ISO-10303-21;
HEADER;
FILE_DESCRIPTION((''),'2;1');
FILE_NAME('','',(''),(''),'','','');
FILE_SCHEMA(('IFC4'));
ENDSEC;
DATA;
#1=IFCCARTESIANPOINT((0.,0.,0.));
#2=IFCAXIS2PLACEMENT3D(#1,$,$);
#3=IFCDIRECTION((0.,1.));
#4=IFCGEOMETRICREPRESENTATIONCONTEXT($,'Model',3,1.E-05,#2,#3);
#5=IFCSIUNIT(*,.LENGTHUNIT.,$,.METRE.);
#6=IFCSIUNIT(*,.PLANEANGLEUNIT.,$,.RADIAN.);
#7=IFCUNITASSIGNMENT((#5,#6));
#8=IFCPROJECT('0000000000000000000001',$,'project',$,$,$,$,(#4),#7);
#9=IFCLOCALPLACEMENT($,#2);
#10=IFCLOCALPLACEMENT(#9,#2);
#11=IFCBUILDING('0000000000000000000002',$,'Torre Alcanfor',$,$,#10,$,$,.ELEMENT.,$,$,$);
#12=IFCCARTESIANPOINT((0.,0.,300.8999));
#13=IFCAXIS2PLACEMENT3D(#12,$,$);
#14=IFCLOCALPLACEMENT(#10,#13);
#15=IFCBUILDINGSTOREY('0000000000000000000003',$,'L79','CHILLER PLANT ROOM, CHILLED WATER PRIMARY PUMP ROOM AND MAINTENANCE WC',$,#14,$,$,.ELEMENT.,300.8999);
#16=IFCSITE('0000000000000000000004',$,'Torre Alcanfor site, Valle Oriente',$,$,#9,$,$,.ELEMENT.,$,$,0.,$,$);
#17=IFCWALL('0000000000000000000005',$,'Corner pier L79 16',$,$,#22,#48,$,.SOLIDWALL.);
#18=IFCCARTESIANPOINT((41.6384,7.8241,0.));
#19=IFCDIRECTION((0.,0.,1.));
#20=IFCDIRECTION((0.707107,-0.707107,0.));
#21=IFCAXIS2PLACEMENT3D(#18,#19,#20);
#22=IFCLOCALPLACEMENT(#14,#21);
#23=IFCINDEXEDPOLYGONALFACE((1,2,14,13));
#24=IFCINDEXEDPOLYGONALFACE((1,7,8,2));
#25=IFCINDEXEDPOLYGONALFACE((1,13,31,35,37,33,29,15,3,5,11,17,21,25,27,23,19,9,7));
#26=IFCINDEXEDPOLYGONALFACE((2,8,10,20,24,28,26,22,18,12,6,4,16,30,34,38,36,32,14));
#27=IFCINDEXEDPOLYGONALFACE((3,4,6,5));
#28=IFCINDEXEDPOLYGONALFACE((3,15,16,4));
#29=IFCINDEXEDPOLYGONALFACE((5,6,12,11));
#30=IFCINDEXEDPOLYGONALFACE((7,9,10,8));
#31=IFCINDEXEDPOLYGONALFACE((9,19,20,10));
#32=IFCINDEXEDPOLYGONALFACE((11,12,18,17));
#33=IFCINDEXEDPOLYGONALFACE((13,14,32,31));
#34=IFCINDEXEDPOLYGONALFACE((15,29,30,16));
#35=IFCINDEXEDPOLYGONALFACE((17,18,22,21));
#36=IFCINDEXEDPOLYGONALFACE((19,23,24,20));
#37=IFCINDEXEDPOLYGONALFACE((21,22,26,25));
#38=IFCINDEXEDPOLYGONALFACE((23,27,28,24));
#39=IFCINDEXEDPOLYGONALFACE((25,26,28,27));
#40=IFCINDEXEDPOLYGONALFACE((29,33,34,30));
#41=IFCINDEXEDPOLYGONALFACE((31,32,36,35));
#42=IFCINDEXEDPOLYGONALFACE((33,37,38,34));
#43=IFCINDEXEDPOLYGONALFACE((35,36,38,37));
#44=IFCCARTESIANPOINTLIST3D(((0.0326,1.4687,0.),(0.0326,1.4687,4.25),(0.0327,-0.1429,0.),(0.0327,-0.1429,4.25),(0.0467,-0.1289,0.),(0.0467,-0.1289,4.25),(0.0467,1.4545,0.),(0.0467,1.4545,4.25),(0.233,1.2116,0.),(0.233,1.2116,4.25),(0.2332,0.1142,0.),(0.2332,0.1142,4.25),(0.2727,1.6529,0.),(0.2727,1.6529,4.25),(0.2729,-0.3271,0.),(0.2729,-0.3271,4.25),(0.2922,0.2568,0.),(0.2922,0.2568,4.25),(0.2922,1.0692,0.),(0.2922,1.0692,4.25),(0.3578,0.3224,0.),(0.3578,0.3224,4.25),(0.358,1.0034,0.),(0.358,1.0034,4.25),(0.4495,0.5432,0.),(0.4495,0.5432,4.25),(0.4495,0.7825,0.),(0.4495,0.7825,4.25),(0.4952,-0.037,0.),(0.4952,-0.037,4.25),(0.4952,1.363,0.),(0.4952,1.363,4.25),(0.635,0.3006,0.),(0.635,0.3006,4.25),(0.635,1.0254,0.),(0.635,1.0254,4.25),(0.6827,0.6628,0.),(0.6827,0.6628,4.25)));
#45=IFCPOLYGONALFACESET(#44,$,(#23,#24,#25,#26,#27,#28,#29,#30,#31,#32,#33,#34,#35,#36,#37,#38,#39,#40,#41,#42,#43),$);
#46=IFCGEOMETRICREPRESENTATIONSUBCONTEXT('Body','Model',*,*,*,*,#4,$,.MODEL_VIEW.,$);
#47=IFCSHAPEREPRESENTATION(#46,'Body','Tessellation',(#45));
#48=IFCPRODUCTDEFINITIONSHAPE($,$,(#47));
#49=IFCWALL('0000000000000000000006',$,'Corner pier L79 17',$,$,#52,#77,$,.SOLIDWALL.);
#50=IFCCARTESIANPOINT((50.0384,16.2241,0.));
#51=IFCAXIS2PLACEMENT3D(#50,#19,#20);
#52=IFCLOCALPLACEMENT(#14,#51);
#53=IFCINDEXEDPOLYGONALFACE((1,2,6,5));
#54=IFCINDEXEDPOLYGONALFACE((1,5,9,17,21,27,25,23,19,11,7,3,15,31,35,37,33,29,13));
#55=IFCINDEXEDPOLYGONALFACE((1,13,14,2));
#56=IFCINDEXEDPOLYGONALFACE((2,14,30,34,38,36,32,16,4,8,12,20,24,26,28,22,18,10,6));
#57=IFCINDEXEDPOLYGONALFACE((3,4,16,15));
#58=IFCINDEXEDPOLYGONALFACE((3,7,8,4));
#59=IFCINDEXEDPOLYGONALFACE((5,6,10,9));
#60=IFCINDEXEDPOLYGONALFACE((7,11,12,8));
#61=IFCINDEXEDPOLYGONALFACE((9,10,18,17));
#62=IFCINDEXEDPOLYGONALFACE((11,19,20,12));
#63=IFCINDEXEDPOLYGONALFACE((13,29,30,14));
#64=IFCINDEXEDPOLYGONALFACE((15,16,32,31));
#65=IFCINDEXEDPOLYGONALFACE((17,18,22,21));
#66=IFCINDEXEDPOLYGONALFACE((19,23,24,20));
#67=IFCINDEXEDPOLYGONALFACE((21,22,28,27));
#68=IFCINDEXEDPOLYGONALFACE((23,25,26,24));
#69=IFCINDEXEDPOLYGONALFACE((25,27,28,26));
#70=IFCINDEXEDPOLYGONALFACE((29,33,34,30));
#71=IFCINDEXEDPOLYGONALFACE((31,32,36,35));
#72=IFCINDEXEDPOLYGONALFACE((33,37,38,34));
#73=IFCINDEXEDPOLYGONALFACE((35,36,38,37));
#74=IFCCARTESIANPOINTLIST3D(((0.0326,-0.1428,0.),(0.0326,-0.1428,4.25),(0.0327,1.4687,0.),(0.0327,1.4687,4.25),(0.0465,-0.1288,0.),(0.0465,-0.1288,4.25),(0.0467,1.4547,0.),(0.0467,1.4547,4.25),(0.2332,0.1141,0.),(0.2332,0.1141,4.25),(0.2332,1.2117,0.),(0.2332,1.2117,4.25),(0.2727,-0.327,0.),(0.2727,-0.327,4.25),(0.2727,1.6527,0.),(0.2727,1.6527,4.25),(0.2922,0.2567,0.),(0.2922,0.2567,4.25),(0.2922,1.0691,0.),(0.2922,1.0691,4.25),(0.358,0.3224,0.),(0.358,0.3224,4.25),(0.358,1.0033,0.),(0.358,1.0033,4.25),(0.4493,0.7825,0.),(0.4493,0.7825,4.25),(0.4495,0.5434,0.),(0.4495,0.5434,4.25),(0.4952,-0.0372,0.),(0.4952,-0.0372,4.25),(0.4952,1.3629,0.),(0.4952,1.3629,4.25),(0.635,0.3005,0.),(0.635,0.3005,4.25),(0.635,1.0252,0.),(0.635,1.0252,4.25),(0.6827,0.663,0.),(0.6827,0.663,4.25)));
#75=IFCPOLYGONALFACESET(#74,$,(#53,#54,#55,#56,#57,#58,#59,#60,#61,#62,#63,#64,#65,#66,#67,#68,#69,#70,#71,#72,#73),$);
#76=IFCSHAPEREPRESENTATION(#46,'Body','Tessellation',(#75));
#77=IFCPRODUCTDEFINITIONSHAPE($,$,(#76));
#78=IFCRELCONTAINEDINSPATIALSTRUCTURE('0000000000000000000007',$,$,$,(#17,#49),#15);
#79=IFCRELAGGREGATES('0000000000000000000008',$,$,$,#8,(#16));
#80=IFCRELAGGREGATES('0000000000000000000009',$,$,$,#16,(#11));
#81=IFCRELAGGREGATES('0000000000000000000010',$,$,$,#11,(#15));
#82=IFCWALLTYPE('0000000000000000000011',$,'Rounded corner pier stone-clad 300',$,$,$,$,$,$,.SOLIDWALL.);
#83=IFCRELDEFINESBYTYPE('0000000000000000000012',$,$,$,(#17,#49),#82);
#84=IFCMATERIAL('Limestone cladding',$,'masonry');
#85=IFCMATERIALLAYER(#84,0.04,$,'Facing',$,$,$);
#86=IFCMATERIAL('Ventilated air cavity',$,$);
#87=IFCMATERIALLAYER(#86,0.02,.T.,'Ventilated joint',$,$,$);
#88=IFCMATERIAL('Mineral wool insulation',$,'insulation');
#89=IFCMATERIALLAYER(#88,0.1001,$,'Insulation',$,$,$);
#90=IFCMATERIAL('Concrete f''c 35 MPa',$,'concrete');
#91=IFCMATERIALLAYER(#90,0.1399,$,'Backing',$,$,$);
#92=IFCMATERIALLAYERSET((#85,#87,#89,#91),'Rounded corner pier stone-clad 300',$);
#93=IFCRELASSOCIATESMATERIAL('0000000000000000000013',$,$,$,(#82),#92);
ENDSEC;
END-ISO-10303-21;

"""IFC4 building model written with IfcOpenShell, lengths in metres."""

from ifc_helpers import new_model, si_unit, direction, frame, origin, place, context, subcontext, project, spatial, polyline, outline, extrude, material, layer, layer_set, type_object, element, save


model = new_model("IFC4")

# Units and contexts
model_context = context("Model", 3, precision=1e-05, world=origin(), true_north=direction((0.0, 1.0)))
body_context = subcontext(model_context, "Body", "Model", "MODEL_VIEW")
ifc_project = project(units=[si_unit("LENGTHUNIT", "METRE"), si_unit("PLANEANGLEUNIT", "RADIAN")], contexts=[model_context])

# Site, building, storey
site_placement = place(None, origin())
site = spatial("IfcSite", under=ifc_project, at=site_placement, Name="Torre Alcanfor site, Valle Oriente", CompositionType="ELEMENT", RefElevation=0.0)
building_placement = place(site_placement, origin())
building = spatial("IfcBuilding", under=site, at=building_placement, Name="Torre Alcanfor", CompositionType="ELEMENT")
storey_placement = place(building_placement, frame((0.0, 0.0, 300.8999)))
storey = spatial("IfcBuildingStorey", under=building, at=storey_placement, Name="L79", Description="CHILLER PLANT ROOM, CHILLED WATER PRIMARY PUMP ROOM AND MAINTENANCE WC", CompositionType="ELEMENT", Elevation=300.8999)

# Walls
ifc_material_1 = material(Name="Limestone cladding", Category="masonry")
ifc_material_2 = material(Name="Ventilated air cavity")
ifc_material_3 = material(Name="Mineral wool insulation", Category="insulation")
ifc_material_4 = material(Name="Concrete f'c 35 MPa", Category="concrete")
ifc_layer_1 = layer(ifc_material_1, 0.04, Name="Facing")
ifc_layer_2 = layer(ifc_material_2, 0.02, ventilated=True, Name="Ventilated joint")
ifc_layer_3 = layer(ifc_material_3, 0.1001, Name="Insulation")
ifc_layer_4 = layer(ifc_material_4, 0.1399, Name="Backing")
ifc_layer_set_1 = layer_set([ifc_layer_1, ifc_layer_2, ifc_layer_3, ifc_layer_4], Name="Rounded corner pier stone-clad 300")
wall_type_1 = type_object("IfcWallType", Name="Rounded corner pier stone-clad 300", PredefinedType="SOLIDWALL", material=ifc_layer_set_1)
wall_1_placement = place(storey_placement, frame((41.6384, 7.8241, 0.0), z_axis=(0.0, 0.0, 1.0), x_axis=(0.707107, -0.707107, 0.0)))
element("IfcWall", 1, at=wall_1_placement, inside=storey, type_object=wall_type_1, Name="Corner pier L79 16", PredefinedType="SOLIDWALL", context=body_context, shape_type="SweptSolid", body=[
    extrude(outline(polyline([(0.0326, 1.4687), (0.0467, 1.4545), (0.233, 1.2116), (0.2922, 1.0692), (0.358, 1.0034), (0.4495, 0.7825), (0.4495, 0.5432), (0.3578, 0.3224), (0.2922, 0.2568), (0.2332, 0.1142), (0.0467, -0.1289), (0.0327, -0.1429), (0.2729, -0.3271), (0.4952, -0.037), (0.635, 0.3006), (0.6827, 0.6628), (0.635, 1.0254), (0.4952, 1.363), (0.2727, 1.6529), (0.0326, 1.4687)])), origin(), (0.0, 0.0, 1.0), 4.25),
])
wall_2_placement = place(storey_placement, frame((50.0384, 16.2241, 0.0), z_axis=(0.0, 0.0, 1.0), x_axis=(0.707107, -0.707107, 0.0)))
element("IfcWall", 2, at=wall_2_placement, inside=storey, type_object=wall_type_1, Name="Corner pier L79 17", PredefinedType="SOLIDWALL", context=body_context, shape_type="SweptSolid", body=[
    extrude(outline(polyline([(0.0467, 1.4547), (0.2332, 1.2117), (0.2922, 1.0691), (0.358, 1.0033), (0.4493, 0.7825), (0.4495, 0.5434), (0.358, 0.3224), (0.2922, 0.2567), (0.2332, 0.1141), (0.0465, -0.1288), (0.0326, -0.1428), (0.2727, -0.327), (0.4952, -0.0372), (0.635, 0.3005), (0.6827, 0.663), (0.635, 1.0252), (0.4952, 1.3629), (0.2727, 1.6527), (0.0327, 1.4687), (0.0467, 1.4547)])), origin(), (0.0, 0.0, 1.0), 4.25),
])

save(model, "model.ifc")
